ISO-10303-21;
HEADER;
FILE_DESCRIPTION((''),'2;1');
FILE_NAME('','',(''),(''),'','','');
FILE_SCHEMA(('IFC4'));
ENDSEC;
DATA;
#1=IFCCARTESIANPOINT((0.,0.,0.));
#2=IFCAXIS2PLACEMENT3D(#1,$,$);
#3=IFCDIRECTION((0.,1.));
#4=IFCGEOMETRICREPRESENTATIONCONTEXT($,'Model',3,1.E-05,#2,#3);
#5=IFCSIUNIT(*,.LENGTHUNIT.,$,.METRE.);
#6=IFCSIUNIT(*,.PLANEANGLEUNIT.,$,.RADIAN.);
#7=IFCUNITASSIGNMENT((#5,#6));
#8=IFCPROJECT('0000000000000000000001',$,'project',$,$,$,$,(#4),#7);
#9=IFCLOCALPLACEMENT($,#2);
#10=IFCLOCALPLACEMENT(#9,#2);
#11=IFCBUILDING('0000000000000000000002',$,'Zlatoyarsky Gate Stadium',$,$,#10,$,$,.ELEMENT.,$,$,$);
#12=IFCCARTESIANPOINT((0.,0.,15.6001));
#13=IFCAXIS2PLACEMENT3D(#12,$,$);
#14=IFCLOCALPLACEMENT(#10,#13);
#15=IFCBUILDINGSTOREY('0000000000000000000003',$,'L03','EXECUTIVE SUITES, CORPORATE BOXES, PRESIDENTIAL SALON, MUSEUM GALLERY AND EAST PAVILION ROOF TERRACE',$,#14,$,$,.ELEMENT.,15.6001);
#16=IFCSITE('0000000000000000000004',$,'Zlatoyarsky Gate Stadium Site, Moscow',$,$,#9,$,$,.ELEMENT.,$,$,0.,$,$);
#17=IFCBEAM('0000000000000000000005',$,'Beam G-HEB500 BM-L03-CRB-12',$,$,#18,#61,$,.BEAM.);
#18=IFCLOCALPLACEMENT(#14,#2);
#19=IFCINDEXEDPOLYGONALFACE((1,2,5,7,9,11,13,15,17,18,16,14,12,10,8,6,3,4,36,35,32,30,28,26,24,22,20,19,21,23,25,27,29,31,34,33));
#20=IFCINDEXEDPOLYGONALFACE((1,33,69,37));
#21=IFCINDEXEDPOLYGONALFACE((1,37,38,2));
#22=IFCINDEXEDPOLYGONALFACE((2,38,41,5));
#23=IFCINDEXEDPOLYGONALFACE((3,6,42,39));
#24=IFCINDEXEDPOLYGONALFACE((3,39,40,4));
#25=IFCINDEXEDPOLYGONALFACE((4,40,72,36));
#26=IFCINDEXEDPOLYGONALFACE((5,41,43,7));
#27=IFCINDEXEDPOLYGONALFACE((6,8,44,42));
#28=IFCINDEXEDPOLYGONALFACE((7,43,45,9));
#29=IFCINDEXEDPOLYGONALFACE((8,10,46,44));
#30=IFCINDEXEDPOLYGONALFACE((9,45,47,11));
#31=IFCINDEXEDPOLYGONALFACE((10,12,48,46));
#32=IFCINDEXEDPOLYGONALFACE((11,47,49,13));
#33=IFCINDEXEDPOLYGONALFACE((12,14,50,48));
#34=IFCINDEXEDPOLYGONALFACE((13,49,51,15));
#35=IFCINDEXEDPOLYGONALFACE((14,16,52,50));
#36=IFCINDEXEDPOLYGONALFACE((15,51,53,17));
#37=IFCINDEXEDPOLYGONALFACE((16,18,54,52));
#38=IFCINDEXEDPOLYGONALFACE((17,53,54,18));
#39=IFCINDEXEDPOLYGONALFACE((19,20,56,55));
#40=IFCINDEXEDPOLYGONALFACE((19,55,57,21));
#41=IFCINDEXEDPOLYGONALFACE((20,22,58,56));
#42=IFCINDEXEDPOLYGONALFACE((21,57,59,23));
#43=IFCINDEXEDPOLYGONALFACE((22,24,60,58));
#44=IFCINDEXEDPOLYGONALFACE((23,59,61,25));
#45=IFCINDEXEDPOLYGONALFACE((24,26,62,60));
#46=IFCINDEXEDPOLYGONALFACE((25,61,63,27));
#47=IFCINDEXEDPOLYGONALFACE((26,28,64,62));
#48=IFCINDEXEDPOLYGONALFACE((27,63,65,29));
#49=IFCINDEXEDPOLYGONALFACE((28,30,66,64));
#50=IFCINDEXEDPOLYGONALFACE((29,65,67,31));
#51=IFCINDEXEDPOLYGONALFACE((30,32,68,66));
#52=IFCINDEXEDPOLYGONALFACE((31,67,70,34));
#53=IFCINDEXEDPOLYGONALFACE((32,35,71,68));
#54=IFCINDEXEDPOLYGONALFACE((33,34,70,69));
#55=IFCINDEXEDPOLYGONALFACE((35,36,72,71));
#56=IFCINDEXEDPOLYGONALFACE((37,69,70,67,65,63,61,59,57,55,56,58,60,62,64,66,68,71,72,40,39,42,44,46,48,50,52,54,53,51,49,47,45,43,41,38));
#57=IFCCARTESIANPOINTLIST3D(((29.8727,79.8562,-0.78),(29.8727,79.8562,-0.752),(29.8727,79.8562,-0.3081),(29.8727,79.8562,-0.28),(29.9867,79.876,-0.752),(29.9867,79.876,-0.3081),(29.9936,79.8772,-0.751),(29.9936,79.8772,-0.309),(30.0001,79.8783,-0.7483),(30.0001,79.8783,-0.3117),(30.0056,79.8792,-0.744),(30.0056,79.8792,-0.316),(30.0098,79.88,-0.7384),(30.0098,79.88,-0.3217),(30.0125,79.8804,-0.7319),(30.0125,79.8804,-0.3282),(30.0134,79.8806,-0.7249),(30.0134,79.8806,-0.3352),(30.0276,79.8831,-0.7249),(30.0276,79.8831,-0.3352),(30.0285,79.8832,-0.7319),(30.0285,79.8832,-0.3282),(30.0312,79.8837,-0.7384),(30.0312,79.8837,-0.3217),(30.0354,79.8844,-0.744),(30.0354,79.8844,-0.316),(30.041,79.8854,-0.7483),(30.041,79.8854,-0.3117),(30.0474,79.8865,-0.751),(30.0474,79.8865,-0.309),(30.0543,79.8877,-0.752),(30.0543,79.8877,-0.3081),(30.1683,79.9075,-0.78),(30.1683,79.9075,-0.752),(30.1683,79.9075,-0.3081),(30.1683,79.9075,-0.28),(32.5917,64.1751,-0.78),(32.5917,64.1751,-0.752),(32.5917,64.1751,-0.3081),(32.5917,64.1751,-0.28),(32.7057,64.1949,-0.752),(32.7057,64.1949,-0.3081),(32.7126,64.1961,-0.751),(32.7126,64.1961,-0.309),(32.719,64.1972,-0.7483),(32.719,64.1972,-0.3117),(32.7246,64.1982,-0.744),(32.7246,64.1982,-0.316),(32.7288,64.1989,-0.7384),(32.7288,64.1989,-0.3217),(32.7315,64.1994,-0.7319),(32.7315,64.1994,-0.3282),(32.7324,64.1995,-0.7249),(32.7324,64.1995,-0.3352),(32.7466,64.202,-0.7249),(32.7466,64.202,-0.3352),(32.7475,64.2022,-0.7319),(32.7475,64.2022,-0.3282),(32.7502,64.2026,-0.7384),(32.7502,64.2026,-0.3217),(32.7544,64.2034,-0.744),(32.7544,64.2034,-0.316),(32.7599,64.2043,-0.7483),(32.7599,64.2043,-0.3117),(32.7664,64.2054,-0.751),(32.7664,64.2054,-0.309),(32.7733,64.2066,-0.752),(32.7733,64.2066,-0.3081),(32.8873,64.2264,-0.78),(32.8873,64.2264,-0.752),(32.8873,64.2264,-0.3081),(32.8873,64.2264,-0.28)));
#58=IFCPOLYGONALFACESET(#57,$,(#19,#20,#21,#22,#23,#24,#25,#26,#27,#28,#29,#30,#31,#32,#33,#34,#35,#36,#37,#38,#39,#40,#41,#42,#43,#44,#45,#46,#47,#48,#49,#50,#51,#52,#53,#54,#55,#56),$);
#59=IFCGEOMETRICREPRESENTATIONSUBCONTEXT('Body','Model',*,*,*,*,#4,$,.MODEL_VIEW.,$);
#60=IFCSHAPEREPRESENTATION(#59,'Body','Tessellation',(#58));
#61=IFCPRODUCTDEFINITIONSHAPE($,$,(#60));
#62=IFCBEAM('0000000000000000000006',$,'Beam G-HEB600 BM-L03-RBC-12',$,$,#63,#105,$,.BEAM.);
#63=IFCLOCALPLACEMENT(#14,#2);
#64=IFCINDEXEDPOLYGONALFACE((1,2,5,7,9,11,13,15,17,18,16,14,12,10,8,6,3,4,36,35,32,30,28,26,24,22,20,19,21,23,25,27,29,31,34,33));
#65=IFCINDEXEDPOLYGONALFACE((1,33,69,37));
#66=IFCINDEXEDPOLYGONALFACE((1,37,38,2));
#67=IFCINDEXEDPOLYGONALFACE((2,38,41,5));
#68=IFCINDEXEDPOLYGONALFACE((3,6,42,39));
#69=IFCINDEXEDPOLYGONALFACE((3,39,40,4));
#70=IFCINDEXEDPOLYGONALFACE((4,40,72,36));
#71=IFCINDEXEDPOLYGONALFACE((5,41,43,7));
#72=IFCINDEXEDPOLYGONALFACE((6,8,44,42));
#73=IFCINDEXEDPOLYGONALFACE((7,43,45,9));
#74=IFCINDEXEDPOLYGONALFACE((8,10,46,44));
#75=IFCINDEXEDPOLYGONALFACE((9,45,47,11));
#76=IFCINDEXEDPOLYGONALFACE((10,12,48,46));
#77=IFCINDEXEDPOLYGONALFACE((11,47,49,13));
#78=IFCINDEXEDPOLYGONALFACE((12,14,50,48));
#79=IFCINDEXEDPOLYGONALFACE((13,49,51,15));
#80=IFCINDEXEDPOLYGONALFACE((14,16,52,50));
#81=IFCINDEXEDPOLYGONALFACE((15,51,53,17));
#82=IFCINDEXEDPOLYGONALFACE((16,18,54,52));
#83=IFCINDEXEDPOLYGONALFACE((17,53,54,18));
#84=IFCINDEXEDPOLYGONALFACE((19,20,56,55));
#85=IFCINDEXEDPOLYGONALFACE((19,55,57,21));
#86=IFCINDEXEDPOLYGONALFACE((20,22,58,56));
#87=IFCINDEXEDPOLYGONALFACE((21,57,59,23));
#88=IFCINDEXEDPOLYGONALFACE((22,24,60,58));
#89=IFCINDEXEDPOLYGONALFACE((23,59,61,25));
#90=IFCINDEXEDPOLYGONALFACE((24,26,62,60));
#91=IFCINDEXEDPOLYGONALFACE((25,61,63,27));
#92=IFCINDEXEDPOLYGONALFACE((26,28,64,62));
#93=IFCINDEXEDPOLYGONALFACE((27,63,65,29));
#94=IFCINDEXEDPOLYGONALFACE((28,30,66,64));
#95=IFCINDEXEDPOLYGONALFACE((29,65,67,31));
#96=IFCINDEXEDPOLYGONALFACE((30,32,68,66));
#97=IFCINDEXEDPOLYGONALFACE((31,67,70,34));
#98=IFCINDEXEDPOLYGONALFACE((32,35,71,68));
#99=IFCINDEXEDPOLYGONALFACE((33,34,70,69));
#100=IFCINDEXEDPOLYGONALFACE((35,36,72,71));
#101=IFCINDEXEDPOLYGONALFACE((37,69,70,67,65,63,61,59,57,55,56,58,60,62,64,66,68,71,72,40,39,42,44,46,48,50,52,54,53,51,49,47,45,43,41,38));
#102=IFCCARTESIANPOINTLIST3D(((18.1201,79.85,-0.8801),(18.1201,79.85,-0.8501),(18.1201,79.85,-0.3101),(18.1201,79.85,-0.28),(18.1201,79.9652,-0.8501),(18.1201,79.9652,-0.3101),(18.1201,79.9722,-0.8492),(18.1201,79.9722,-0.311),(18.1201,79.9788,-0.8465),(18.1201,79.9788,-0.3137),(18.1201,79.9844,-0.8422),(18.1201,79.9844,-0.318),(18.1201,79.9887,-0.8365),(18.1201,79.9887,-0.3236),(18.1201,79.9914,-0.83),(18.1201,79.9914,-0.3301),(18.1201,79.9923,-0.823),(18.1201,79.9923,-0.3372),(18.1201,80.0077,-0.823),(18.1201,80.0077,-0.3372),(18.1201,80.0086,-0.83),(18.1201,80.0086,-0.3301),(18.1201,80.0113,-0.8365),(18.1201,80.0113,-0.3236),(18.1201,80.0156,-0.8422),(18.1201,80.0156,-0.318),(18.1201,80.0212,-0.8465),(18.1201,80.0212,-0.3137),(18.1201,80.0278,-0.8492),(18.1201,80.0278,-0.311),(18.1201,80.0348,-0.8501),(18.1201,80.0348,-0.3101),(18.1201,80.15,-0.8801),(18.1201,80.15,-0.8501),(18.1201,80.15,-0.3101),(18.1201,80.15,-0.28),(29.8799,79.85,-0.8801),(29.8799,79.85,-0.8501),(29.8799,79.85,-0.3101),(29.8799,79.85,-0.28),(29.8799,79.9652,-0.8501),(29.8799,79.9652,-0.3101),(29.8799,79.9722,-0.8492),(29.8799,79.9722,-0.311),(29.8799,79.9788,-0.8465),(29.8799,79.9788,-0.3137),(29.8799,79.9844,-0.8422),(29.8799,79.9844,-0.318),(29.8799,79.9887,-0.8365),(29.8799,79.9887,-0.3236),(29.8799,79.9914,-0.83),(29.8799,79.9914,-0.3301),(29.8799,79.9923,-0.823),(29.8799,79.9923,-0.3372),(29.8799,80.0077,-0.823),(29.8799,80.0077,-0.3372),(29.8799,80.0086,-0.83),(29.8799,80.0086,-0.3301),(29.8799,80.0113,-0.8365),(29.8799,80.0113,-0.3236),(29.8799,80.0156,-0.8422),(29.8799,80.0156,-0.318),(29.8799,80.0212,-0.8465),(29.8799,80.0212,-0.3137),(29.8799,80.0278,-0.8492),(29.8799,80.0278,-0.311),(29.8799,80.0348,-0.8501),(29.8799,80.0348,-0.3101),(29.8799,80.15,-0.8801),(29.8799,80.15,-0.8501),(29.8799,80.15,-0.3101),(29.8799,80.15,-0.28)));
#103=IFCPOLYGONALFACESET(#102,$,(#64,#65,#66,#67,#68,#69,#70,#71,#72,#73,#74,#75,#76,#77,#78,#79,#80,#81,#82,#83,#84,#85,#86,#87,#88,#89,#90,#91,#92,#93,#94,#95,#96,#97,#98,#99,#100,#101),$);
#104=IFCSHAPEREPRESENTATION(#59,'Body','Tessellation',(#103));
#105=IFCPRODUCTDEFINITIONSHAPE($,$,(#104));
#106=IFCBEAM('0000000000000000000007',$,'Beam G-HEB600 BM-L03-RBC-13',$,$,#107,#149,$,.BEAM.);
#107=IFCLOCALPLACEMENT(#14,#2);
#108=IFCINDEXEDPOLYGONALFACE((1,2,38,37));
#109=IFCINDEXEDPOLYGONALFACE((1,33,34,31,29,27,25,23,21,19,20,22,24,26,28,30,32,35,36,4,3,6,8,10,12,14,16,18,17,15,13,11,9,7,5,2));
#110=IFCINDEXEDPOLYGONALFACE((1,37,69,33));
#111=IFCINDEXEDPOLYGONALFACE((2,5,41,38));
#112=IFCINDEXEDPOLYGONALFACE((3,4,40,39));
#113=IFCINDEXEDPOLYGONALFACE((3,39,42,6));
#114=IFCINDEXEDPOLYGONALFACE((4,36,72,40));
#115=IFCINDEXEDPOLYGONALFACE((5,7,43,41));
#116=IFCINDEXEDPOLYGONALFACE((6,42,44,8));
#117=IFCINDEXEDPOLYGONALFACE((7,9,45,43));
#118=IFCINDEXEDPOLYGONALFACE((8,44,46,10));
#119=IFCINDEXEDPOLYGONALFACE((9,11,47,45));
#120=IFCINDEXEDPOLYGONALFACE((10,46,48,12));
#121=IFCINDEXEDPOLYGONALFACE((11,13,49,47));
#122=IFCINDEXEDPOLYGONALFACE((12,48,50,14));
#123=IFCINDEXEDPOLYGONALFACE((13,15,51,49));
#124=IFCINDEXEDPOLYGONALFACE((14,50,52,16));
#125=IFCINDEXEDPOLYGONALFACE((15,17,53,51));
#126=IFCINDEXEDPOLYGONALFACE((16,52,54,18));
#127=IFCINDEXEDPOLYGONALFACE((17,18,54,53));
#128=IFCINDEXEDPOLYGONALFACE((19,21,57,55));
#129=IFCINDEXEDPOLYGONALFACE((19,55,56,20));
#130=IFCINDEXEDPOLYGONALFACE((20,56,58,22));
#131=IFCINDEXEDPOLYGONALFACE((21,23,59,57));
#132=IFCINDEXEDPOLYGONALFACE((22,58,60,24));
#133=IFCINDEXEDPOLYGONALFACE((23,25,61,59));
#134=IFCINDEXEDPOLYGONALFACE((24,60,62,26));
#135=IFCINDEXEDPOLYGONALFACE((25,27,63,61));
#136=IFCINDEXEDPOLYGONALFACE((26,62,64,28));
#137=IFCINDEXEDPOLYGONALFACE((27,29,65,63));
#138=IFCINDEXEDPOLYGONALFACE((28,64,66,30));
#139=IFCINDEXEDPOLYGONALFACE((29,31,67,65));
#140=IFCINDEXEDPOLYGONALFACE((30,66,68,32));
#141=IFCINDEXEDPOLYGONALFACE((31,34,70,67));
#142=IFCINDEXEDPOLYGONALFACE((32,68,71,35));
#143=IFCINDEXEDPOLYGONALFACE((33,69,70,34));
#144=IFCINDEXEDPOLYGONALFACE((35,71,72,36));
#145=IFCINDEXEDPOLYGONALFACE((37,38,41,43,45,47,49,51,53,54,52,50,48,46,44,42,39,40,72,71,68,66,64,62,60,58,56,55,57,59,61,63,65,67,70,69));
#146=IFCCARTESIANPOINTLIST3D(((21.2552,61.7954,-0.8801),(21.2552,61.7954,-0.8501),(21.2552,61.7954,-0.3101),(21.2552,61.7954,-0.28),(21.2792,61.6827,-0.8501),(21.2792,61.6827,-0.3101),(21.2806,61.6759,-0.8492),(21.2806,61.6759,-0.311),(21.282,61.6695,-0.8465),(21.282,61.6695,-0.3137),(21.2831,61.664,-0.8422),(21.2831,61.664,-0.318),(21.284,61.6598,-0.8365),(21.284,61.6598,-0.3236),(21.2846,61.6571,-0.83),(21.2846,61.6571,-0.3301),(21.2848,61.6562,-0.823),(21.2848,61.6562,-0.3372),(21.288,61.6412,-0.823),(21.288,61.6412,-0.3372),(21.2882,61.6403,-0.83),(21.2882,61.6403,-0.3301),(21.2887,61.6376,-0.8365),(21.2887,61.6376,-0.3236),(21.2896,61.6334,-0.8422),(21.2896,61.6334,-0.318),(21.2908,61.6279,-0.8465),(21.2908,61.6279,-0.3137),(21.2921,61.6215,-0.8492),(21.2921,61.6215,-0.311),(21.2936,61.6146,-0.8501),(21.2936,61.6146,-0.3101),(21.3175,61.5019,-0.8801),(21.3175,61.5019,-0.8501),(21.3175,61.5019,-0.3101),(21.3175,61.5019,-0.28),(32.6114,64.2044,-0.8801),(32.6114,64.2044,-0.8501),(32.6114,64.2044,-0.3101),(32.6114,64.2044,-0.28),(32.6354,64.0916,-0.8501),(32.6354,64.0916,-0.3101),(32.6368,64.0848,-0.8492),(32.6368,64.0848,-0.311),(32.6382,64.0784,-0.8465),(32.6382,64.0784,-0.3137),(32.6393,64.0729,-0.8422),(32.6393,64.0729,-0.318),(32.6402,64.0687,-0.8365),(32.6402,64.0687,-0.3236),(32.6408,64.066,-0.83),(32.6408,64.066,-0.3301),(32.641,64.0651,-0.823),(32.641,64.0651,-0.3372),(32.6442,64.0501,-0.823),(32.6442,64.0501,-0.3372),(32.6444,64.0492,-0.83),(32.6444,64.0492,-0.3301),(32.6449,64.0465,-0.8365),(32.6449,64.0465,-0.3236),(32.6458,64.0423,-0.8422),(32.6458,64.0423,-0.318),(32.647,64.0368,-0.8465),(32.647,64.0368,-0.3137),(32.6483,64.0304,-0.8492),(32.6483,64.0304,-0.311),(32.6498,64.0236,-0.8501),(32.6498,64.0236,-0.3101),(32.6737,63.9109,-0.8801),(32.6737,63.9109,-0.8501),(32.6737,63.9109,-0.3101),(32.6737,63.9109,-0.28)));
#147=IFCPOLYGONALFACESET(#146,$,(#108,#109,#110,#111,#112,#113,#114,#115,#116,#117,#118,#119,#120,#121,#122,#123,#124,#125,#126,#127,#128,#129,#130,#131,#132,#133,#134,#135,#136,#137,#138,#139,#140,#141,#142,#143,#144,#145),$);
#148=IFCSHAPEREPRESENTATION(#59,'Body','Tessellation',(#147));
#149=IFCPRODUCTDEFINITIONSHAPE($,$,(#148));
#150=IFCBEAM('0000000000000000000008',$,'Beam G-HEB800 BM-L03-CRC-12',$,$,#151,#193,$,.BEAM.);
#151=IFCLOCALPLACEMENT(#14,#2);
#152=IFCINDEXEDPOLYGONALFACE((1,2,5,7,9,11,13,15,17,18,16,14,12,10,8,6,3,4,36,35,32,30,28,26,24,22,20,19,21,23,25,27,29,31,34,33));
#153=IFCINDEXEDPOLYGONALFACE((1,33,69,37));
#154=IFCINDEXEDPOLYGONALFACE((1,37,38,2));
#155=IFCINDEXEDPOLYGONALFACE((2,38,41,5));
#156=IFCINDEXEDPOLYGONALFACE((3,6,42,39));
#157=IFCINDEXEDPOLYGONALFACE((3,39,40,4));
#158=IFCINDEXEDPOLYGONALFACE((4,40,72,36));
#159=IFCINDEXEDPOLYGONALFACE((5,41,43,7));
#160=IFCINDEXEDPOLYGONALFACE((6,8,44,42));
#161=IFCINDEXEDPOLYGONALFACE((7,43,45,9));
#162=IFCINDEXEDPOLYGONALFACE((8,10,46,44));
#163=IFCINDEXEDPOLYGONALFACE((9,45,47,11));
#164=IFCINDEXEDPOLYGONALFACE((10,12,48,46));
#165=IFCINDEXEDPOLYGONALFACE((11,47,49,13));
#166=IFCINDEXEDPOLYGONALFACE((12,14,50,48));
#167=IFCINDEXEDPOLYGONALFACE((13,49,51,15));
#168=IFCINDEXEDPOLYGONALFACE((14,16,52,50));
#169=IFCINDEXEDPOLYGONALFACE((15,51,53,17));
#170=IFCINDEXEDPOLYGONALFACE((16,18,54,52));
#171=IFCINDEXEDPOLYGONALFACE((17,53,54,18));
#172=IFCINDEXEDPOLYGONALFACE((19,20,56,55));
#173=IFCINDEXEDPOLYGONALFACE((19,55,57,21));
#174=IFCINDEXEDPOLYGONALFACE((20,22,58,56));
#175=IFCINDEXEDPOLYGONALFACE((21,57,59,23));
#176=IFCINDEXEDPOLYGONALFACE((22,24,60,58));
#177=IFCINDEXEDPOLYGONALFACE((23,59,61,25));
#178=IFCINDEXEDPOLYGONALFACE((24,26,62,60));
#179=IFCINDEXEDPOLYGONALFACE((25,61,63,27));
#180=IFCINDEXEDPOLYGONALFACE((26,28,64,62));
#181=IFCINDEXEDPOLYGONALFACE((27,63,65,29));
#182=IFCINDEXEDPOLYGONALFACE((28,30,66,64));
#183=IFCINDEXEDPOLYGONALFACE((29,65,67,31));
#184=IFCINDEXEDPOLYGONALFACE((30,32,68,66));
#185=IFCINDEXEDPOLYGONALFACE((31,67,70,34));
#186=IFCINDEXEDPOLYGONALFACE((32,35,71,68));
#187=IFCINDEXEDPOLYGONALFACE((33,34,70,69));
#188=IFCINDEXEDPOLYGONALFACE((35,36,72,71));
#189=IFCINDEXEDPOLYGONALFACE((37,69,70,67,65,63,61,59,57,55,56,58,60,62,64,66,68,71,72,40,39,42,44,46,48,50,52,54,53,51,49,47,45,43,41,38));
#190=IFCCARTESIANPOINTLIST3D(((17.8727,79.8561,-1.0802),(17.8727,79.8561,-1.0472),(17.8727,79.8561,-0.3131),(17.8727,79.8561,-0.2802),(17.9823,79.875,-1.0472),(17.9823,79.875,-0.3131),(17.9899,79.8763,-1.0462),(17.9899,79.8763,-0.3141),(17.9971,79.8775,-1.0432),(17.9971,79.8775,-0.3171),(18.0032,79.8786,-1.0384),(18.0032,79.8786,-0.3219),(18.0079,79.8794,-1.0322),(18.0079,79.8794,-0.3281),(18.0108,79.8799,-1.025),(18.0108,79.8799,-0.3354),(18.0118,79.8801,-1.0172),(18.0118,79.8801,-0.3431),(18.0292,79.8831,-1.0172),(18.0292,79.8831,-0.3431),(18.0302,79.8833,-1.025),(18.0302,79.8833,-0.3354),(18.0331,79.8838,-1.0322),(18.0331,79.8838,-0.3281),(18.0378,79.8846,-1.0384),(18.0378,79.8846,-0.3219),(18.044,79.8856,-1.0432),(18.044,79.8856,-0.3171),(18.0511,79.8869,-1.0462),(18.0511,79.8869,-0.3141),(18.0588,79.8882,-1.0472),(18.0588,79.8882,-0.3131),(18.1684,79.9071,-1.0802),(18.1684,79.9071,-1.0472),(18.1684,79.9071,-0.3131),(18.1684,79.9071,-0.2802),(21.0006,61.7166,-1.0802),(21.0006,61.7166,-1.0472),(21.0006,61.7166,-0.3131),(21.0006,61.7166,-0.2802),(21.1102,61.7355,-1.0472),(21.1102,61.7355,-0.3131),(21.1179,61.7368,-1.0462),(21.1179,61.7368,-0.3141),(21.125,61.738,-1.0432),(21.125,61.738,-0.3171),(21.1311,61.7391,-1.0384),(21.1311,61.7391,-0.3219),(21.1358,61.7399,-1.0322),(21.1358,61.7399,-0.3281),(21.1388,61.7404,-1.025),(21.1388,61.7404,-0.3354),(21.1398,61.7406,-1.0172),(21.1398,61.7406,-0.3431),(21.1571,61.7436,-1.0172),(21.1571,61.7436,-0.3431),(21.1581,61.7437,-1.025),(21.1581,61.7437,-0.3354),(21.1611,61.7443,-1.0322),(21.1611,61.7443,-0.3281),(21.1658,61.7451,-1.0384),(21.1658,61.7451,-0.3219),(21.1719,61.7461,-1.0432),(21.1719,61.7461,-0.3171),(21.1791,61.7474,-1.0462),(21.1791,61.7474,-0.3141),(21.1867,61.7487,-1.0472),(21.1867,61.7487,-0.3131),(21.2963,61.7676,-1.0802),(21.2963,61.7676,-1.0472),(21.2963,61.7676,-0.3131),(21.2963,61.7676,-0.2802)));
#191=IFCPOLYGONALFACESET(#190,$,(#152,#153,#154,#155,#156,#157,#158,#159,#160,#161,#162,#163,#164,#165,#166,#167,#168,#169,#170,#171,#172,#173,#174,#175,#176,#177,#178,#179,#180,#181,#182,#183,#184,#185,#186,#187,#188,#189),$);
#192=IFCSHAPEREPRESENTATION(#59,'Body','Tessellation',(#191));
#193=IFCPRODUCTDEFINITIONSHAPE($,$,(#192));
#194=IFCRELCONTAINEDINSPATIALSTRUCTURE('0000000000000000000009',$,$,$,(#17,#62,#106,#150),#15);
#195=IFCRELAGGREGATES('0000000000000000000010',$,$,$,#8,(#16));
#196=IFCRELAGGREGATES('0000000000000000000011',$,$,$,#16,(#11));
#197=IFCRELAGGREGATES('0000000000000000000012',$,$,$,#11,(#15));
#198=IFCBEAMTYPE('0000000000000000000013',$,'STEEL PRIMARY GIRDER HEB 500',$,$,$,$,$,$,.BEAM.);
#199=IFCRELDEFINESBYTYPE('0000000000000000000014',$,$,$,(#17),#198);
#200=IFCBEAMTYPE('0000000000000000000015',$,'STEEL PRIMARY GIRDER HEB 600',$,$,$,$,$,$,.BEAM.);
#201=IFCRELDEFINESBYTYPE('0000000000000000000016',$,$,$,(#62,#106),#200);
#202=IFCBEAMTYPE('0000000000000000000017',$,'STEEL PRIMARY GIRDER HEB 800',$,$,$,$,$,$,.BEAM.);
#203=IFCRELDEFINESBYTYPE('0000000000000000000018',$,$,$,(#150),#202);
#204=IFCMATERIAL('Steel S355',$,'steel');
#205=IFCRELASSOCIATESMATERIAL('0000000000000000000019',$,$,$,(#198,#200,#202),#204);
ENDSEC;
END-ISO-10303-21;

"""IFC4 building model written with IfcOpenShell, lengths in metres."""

from ifc_helpers import new_model, si_unit, direction, frame, origin, origin_2d, place, context, subcontext, project, spatial, i_section, extrude, material, material_profile, profile_set, type_object, element, save


model = new_model("IFC4")

# Units and contexts
model_context = context("Model", 3, precision=1e-05, world=origin(), true_north=direction((0.0, 1.0)))
body_context = subcontext(model_context, "Body", "Model", "MODEL_VIEW")
ifc_project = project(units=[si_unit("LENGTHUNIT", "METRE"), si_unit("PLANEANGLEUNIT", "RADIAN")], contexts=[model_context])

# Site, building, storey
site_placement = place(None, origin())
site = spatial("IfcSite", under=ifc_project, at=site_placement, Name="Zlatoyarsky Gate Stadium Site, Moscow", CompositionType="ELEMENT", RefElevation=0.0)
building_placement = place(site_placement, origin())
building = spatial("IfcBuilding", under=site, at=building_placement, Name="Zlatoyarsky Gate Stadium", CompositionType="ELEMENT")
storey_placement = place(building_placement, frame((0.0, 0.0, 15.6001)))
storey = spatial("IfcBuildingStorey", under=building, at=storey_placement, Name="L03", Description="EXECUTIVE SUITES, CORPORATE BOXES, PRESIDENTIAL SALON, MUSEUM GALLERY AND EAST PAVILION ROOF TERRACE", CompositionType="ELEMENT", Elevation=15.6001)

# Shared definitions
ifc_material_1 = material(Name="Steel S355", Category="steel")

# Beams
ifc_material_profile_1 = material_profile(ifc_material_1, i_section(OverallWidth=0.3, OverallDepth=0.5, WebThickness=0.0144, FlangeThickness=0.0281, FilletRadius=0.0271, at=origin_2d()), Name="HEB 500")
ifc_profile_set_1 = profile_set([ifc_material_profile_1], Name="Steel S355")
beam_type_1 = type_object("IfcBeamType", Name="STEEL PRIMARY GIRDER HEB 500", PredefinedType="BEAM", material=ifc_profile_set_1)
beam_1_placement = place(storey_placement, frame((30.0205, 79.8818, -0.53), z_axis=(0.170843, -0.985298, 0.0), x_axis=(0.985298, 0.170843, 0.0)))
element("IfcBeam", 1, at=beam_1_placement, inside=storey, type_object=beam_type_1, Name="Beam G-HEB500 BM-L03-CRB-12", PredefinedType="BEAM", context=body_context, shape_type="SweptSolid", body=[
    extrude(i_section(OverallWidth=0.3, OverallDepth=0.5, WebThickness=0.0144, FlangeThickness=0.0281, FilletRadius=0.0271, at=origin_2d()), origin(), (0.0, 0.0, 1.0), 15.915),
])
ifc_material_profile_2 = material_profile(ifc_material_1, i_section(OverallWidth=0.3, OverallDepth=0.6001, WebThickness=0.0154, FlangeThickness=0.03, FilletRadius=0.0271, at=origin_2d()), Name="HEB 600")
ifc_profile_set_2 = profile_set([ifc_material_profile_2], Name="Steel S355")
beam_type_2 = type_object("IfcBeamType", Name="STEEL PRIMARY GIRDER HEB 600", PredefinedType="BEAM", material=ifc_profile_set_2)
beam_2_placement = place(storey_placement, frame((29.8799, 80.0, -0.5801), z_axis=(-1.0, 0.0, 0.0), x_axis=(0.0, -1.0, 0.0)))
element("IfcBeam", 2, at=beam_2_placement, inside=storey, type_object=beam_type_2, Name="Beam G-HEB600 BM-L03-RBC-12", PredefinedType="BEAM", context=body_context, shape_type="SweptSolid", body=[
    extrude(i_section(OverallWidth=0.3, OverallDepth=0.6001, WebThickness=0.0154, FlangeThickness=0.03, FilletRadius=0.0271, at=origin_2d()), origin(), (0.0, 0.0, 1.0), 11.7598),
])
beam_3_placement = place(storey_placement, frame((32.6426, 64.0576, -0.5801), z_axis=(-0.978233, -0.207508, 0.0), x_axis=(0.207508, -0.978233, 0.0)))
element("IfcBeam", 3, at=beam_3_placement, inside=storey, type_object=beam_type_2, Name="Beam G-HEB600 BM-L03-RBC-13", PredefinedType="BEAM", context=body_context, shape_type="SweptSolid", body=[
    extrude(i_section(OverallWidth=0.3, OverallDepth=0.6001, WebThickness=0.0154, FlangeThickness=0.03, FilletRadius=0.0271, at=origin_2d()), origin(), (0.0, 0.0, 1.0), 11.6089),
])
ifc_material_profile_3 = material_profile(ifc_material_1, i_section(OverallWidth=0.3, OverallDepth=0.8, WebThickness=0.0176, FlangeThickness=0.033, FilletRadius=0.03, at=origin_2d()), Name="HEB 800")
ifc_profile_set_3 = profile_set([ifc_material_profile_3], Name="Steel S355")
beam_type_3 = type_object("IfcBeamType", Name="STEEL PRIMARY GIRDER HEB 800", PredefinedType="BEAM", material=ifc_profile_set_3)
beam_4_placement = place(storey_placement, frame((18.0205, 79.8816, -0.6802), z_axis=(0.16993, -0.985456, 0.0), x_axis=(0.985456, 0.16993, 0.0)))
element("IfcBeam", 4, at=beam_4_placement, inside=storey, type_object=beam_type_3, Name="Beam G-HEB800 BM-L03-CRC-12", PredefinedType="BEAM", context=body_context, shape_type="SweptSolid", body=[
    extrude(i_section(OverallWidth=0.3, OverallDepth=0.8, WebThickness=0.0176, FlangeThickness=0.033, FilletRadius=0.03, at=origin_2d()), origin(), (0.0, 0.0, 1.0), 18.4072),
])

save(model, "model.ifc")
